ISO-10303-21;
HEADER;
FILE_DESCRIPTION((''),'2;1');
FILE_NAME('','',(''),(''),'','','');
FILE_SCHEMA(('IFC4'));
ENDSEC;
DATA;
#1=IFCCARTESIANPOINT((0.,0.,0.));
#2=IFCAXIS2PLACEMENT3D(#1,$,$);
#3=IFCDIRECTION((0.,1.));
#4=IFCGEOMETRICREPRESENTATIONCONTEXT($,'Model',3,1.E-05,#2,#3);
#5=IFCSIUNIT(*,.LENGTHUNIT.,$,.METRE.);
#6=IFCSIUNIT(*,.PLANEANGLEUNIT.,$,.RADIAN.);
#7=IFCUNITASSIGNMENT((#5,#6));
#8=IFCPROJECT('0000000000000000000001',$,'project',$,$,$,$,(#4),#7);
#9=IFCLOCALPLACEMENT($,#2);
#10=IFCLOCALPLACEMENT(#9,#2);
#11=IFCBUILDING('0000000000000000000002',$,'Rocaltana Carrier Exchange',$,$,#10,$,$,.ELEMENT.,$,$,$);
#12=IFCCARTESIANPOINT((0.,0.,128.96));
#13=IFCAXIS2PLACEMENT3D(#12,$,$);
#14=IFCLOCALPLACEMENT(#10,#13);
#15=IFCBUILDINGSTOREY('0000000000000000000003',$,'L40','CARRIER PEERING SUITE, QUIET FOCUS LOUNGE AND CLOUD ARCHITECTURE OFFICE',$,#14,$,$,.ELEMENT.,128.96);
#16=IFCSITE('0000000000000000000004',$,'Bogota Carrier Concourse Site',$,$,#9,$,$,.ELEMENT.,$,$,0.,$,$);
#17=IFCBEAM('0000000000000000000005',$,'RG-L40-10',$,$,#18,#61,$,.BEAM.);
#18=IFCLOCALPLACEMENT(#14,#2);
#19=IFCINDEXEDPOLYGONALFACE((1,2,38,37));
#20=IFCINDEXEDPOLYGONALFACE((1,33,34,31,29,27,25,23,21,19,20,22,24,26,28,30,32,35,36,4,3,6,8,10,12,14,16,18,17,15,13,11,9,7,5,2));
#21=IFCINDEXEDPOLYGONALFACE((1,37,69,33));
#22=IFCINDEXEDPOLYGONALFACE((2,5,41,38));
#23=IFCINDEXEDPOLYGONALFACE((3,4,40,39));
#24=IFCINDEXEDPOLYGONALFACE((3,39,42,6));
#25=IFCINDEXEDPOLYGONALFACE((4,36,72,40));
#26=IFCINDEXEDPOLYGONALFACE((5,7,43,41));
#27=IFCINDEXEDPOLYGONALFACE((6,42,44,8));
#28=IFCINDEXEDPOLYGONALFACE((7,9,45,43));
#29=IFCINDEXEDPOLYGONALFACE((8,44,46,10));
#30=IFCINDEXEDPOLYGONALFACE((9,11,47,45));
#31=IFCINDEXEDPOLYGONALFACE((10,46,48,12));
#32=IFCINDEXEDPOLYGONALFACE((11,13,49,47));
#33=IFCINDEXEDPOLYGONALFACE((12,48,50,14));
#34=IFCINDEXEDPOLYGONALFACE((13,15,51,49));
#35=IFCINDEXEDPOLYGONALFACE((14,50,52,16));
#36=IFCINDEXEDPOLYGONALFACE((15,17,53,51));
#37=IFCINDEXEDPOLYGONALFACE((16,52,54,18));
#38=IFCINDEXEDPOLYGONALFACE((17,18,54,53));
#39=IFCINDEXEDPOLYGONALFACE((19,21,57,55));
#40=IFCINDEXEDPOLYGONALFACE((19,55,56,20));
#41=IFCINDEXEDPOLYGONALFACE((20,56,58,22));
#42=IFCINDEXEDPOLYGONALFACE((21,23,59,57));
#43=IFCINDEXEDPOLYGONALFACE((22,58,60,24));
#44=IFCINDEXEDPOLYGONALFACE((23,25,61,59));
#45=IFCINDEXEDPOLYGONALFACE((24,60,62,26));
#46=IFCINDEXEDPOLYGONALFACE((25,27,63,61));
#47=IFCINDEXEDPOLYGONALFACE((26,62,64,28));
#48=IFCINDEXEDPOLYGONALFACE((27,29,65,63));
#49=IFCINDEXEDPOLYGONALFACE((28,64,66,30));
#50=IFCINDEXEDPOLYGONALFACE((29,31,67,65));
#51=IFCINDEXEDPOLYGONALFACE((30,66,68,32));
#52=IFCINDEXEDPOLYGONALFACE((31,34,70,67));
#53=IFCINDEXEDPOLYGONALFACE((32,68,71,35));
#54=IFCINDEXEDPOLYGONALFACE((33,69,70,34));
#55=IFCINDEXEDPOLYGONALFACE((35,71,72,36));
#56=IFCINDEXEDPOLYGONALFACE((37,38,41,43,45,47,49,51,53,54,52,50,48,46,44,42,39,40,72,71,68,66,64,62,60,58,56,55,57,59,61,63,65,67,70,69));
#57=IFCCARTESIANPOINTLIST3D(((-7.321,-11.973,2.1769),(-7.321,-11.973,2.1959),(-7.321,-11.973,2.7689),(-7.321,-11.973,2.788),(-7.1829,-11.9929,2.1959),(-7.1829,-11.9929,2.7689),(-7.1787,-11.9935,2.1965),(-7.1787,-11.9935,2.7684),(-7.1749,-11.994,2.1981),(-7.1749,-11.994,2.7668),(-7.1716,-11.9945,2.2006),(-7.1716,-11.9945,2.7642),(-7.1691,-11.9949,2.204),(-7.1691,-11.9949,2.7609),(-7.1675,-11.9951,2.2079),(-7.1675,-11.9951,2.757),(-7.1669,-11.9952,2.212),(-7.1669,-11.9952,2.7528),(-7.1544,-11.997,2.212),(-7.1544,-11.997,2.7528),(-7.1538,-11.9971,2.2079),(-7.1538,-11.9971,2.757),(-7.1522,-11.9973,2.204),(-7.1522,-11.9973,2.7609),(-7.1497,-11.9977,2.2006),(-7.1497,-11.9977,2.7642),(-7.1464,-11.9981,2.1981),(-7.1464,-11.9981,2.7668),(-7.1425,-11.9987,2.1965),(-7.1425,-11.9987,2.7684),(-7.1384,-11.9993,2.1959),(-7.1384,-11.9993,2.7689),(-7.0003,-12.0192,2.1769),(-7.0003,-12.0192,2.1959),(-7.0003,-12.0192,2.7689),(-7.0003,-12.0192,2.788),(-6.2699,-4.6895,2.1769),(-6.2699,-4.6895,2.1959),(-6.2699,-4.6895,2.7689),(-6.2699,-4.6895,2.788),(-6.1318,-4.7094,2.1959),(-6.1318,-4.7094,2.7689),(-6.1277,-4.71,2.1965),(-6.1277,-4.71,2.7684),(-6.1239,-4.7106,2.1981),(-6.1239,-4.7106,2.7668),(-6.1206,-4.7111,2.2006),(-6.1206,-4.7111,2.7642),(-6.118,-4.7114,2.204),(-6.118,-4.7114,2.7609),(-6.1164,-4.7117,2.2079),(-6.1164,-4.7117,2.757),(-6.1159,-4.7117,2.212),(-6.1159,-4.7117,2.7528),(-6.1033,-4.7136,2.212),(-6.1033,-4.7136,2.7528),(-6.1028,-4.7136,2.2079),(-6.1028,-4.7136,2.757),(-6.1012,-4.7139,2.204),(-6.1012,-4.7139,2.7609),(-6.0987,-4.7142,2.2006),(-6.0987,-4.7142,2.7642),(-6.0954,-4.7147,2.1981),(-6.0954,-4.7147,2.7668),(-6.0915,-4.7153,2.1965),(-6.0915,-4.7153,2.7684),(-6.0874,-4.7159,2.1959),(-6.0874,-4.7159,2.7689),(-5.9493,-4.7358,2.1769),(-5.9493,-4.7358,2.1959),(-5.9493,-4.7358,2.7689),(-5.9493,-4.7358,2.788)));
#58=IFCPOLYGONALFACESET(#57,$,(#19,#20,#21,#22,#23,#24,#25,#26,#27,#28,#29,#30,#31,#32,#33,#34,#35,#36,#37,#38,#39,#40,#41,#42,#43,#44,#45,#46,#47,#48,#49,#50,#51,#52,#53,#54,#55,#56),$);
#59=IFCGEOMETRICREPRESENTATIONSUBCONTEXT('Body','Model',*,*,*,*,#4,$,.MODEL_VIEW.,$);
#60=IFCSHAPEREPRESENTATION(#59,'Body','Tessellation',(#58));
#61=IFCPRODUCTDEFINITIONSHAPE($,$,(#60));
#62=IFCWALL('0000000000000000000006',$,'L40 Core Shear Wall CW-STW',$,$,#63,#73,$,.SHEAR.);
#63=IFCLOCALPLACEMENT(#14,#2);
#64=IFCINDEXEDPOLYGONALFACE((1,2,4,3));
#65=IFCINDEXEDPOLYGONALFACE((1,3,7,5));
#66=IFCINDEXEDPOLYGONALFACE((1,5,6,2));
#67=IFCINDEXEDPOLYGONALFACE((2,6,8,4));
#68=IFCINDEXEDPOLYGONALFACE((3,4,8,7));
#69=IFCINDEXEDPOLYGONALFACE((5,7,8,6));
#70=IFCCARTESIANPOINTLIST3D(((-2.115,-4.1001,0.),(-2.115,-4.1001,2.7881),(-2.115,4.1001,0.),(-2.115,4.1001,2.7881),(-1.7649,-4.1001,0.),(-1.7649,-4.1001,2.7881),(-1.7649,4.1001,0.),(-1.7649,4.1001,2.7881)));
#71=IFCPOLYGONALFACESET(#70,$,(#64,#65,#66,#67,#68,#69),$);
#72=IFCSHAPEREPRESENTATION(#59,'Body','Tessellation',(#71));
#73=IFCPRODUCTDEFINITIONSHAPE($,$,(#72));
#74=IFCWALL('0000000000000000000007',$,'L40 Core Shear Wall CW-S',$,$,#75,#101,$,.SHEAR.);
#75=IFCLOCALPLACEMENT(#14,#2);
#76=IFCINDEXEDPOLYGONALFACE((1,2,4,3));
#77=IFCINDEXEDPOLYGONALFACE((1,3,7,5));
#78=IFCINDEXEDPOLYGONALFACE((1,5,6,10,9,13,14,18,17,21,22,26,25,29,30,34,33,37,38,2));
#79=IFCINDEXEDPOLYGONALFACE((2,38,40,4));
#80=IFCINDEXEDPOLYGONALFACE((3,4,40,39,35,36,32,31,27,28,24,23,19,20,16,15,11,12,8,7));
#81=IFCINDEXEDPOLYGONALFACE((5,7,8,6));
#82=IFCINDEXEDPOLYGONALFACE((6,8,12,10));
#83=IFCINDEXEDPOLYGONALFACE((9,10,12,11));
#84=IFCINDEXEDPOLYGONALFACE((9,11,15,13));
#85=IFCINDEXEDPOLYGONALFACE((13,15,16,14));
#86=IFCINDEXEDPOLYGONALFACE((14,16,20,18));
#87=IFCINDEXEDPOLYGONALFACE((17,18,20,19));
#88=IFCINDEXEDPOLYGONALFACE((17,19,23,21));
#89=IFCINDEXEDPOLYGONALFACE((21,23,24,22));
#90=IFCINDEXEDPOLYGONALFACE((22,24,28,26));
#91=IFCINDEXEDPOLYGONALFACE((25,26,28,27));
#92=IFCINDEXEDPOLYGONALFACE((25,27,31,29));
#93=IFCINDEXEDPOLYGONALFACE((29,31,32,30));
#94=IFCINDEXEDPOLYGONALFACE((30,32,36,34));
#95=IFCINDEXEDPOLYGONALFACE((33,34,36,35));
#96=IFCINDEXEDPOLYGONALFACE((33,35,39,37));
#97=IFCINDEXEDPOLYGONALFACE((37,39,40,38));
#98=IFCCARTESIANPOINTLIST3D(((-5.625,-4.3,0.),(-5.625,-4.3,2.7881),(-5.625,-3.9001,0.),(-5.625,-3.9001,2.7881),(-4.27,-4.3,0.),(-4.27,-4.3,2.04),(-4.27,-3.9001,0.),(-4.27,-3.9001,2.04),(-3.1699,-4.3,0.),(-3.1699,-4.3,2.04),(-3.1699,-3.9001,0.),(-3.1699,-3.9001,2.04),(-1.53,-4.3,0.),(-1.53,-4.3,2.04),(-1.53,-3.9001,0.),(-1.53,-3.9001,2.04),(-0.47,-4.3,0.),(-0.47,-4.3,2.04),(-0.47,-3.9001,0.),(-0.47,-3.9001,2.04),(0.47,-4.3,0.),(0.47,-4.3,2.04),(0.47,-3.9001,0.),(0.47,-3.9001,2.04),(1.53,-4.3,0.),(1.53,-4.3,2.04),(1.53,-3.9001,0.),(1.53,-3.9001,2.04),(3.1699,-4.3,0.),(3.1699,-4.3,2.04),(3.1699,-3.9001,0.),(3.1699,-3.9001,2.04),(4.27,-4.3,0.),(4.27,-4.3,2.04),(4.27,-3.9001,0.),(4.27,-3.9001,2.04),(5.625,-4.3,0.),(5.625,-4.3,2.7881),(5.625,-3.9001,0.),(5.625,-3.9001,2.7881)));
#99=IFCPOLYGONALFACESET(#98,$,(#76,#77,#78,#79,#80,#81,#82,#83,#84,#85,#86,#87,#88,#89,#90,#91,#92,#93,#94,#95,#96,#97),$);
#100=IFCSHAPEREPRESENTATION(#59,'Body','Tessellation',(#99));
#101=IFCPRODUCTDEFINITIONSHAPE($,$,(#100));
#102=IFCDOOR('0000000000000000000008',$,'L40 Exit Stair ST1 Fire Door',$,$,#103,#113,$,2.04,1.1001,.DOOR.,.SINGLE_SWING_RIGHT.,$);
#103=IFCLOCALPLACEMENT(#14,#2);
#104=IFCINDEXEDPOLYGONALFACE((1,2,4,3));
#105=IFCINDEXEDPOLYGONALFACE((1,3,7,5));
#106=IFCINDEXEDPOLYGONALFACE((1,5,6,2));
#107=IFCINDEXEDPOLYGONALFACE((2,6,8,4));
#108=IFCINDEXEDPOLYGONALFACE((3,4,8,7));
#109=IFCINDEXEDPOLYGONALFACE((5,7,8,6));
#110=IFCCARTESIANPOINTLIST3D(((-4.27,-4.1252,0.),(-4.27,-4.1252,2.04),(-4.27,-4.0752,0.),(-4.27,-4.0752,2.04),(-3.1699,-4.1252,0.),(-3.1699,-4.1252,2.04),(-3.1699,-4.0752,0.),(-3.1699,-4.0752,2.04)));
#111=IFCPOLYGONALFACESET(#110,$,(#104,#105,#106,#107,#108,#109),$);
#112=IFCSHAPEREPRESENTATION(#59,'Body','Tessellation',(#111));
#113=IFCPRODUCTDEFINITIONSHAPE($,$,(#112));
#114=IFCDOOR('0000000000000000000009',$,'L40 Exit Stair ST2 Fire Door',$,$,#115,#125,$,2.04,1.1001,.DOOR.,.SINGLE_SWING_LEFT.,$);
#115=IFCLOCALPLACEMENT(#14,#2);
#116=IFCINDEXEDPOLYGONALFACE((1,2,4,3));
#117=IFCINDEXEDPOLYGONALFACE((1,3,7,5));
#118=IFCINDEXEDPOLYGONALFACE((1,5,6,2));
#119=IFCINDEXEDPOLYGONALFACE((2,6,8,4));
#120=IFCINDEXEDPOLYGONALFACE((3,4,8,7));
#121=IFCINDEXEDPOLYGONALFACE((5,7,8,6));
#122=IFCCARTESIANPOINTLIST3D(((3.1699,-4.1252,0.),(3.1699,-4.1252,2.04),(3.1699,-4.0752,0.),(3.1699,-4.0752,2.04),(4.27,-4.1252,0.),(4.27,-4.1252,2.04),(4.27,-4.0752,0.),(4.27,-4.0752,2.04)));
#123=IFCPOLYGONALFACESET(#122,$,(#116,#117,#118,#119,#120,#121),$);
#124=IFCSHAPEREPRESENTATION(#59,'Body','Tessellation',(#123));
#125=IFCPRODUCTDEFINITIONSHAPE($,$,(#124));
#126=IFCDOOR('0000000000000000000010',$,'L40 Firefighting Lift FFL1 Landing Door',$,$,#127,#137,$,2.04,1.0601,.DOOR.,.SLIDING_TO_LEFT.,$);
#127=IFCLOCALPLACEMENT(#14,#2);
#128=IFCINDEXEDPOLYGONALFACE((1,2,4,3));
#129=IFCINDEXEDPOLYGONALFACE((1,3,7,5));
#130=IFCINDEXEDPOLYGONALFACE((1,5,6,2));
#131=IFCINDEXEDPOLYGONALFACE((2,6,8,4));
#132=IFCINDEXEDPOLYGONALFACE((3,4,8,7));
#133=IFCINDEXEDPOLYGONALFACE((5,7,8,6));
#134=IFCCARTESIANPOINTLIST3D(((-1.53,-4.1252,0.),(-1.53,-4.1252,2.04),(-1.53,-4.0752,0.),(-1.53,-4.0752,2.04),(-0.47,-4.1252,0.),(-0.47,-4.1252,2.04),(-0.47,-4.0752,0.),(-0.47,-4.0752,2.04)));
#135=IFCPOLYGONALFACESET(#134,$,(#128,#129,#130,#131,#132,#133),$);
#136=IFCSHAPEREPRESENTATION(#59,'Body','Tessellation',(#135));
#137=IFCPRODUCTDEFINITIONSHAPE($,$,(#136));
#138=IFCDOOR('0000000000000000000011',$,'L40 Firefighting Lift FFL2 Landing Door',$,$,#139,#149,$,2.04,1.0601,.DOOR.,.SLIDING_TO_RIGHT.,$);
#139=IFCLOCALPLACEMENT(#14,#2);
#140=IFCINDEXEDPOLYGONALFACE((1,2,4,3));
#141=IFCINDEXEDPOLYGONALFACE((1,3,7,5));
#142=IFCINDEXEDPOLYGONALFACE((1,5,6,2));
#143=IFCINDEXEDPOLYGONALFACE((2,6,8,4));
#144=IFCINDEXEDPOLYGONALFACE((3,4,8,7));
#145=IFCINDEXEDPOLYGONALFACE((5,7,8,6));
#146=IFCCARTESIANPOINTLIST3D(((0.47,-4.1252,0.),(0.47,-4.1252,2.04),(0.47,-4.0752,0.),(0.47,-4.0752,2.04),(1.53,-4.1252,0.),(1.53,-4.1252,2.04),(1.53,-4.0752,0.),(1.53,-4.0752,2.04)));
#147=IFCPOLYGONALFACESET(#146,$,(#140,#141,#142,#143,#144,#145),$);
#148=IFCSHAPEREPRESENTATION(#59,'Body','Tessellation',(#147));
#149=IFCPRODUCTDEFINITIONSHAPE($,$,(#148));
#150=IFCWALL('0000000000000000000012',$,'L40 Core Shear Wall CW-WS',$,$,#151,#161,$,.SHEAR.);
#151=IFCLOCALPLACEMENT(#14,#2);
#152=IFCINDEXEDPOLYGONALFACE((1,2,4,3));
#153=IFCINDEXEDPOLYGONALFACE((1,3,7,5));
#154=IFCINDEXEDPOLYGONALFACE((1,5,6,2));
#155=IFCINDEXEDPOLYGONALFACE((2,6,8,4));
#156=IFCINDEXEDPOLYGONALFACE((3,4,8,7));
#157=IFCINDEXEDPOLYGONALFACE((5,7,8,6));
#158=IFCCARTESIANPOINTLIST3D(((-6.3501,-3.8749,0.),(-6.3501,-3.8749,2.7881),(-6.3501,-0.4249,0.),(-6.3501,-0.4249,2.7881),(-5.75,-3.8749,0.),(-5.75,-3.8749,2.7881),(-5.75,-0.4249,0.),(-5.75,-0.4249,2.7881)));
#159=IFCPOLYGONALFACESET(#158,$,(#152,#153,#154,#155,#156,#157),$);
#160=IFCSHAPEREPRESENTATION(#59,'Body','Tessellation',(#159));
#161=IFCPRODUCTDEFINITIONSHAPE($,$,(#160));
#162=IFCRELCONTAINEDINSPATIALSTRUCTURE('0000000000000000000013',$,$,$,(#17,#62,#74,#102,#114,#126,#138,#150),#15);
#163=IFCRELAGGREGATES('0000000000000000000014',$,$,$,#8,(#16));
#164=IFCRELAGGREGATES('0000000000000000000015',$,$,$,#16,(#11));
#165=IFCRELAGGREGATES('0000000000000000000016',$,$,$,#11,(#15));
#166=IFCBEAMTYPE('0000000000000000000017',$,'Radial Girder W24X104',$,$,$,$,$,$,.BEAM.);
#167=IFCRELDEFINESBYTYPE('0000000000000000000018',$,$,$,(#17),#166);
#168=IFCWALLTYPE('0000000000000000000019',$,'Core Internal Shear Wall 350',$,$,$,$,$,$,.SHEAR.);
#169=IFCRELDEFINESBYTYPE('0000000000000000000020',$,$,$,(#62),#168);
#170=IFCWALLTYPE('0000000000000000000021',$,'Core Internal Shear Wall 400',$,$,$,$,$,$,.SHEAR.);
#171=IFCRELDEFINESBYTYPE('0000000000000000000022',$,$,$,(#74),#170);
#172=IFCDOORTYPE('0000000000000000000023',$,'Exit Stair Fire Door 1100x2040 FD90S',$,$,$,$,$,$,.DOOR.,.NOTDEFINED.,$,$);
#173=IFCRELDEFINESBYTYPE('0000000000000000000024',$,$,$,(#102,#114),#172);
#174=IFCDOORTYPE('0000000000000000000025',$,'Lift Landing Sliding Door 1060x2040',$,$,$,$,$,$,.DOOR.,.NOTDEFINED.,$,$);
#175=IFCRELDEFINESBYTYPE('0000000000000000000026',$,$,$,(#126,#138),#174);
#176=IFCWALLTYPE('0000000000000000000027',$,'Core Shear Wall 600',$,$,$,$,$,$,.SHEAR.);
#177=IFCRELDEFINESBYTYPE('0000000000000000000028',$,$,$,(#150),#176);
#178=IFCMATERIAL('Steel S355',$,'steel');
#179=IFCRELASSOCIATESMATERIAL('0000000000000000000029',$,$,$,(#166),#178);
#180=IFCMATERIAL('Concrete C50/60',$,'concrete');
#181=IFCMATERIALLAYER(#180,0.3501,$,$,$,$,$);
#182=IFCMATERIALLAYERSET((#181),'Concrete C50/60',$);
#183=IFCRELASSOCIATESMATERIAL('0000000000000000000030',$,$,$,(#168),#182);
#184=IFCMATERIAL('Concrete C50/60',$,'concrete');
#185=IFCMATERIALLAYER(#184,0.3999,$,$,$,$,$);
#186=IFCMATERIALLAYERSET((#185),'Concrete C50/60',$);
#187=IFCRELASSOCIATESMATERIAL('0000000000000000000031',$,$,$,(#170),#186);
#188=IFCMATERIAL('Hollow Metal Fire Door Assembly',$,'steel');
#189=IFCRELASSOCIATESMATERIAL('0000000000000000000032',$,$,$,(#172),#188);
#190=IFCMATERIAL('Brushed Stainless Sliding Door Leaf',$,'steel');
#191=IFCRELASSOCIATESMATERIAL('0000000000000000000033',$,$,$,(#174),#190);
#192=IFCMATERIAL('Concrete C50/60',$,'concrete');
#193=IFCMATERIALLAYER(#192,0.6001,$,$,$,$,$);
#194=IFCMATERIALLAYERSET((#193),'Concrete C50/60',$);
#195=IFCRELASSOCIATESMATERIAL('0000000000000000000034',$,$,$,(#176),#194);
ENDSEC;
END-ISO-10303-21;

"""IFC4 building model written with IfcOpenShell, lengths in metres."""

from ifc_helpers import new_model, si_unit, direction, frame, frame_2d, origin, origin_2d, place, context, subcontext, project, spatial, rectangle, i_section, extrude, material, layer, layer_set, material_profile, profile_set, type_object, element, fill, save


model = new_model("IFC4")

# Units and contexts
model_context = context("Model", 3, precision=1e-05, world=origin(), true_north=direction((0.0, 1.0)))
body_context = subcontext(model_context, "Body", "Model", "MODEL_VIEW")
ifc_project = project(units=[si_unit("LENGTHUNIT", "METRE"), si_unit("PLANEANGLEUNIT", "RADIAN")], contexts=[model_context])

# Site, building, storey
site_placement = place(None, origin())
site = spatial("IfcSite", under=ifc_project, at=site_placement, Name="Bogota Carrier Concourse Site", CompositionType="ELEMENT", RefElevation=0.0)
building_placement = place(site_placement, origin())
building = spatial("IfcBuilding", under=site, at=building_placement, Name="Rocaltana Carrier Exchange", CompositionType="ELEMENT")
storey_placement = place(building_placement, frame((0.0, 0.0, 128.96)))
storey = spatial("IfcBuildingStorey", under=building, at=storey_placement, Name="L40", Description="CARRIER PEERING SUITE, QUIET FOCUS LOUNGE AND CLOUD ARCHITECTURE OFFICE", CompositionType="ELEMENT", Elevation=128.96)

# Beam
ifc_material_1 = material(Name="Steel S355", Category="steel")
ifc_material_profile_1 = material_profile(ifc_material_1, i_section(OverallWidth=0.324, OverallDepth=0.6111, WebThickness=0.0127, FlangeThickness=0.019, FilletRadius=0.0161, at=origin_2d()), Name="W24X104")
ifc_profile_set_1 = profile_set([ifc_material_profile_1], Name="Steel S355")
beam_type = type_object("IfcBeamType", Name="Radial Girder W24X104", PredefinedType="BEAM", material=ifc_profile_set_1)
beam_1_placement = place(storey_placement, frame((-6.1096, -4.7126, 2.4824), z_axis=(-0.142824, -0.989748, 0.0), x_axis=(0.989748, -0.142824, 0.0)))
element("IfcBeam", 1, at=beam_1_placement, inside=storey, type_object=beam_type, Name="RG-L40-10", PredefinedType="BEAM", context=body_context, shape_type="SweptSolid", body=[
    extrude(i_section(OverallWidth=0.324, OverallDepth=0.6111, WebThickness=0.0127, FlangeThickness=0.019, FilletRadius=0.0161, at=origin_2d()), origin(), (0.0, 0.0, 1.0), 7.3589),
])

# Wall
ifc_material_2 = material(Name="Concrete C50/60", Category="concrete")
ifc_layer_1 = layer(ifc_material_2, 0.3501)
ifc_layer_set_1 = layer_set([ifc_layer_1], Name="Concrete C50/60")
wall_type_1 = type_object("IfcWallType", Name="Core Internal Shear Wall 350", PredefinedType="SHEAR", material=ifc_layer_set_1)
wall_1_placement = place(storey_placement, frame((-1.9399, -4.1001, 0.0), z_axis=(0.0, 0.0, 1.0), x_axis=(0.0, 1.0, 0.0)))
element("IfcWall", 2, at=wall_1_placement, inside=storey, type_object=wall_type_1, Name="L40 Core Shear Wall CW-STW", PredefinedType="SHEAR", context=body_context, shape_type="SweptSolid", body=[
    extrude(rectangle(XDim=8.2002, YDim=0.3501, at=frame_2d((4.1001, 0.0))), origin(), (0.0, 0.0, 1.0), 2.7881),
])

# Wall, openings, doors
ifc_material_3 = material(Name="Concrete C50/60", Category="concrete")
ifc_layer_2 = layer(ifc_material_3, 0.3999)
ifc_layer_set_2 = layer_set([ifc_layer_2], Name="Concrete C50/60")
wall_type_2 = type_object("IfcWallType", Name="Core Internal Shear Wall 400", PredefinedType="SHEAR", material=ifc_layer_set_2)
wall_2_placement = place(storey_placement, frame((-5.625, -4.1001, 0.0), z_axis=(0.0, 0.0, 1.0), x_axis=(1.0, 0.0, 0.0)))
wall_2 = element("IfcWall", 3, at=wall_2_placement, inside=storey, type_object=wall_type_2, Name="L40 Core Shear Wall CW-S", PredefinedType="SHEAR", context=body_context, shape_type="SweptSolid", body=[
    extrude(rectangle(XDim=11.25, YDim=0.3999, at=frame_2d((5.625, 0.0))), origin(), (0.0, 0.0, 1.0), 2.7881),
])
opening_1_placement = place(wall_2_placement, frame((1.355, 0.0, 0.0)))
opening_1 = element("IfcOpeningElement", 4, at=opening_1_placement, cuts=wall_2, PredefinedType="OPENING", context=body_context, shape_type="SweptSolid", body=[
    extrude(rectangle(XDim=1.1001, YDim=2.04, at=frame_2d((0.55, 1.02))), frame((0.0, 0.21, 0.0), z_axis=(0.0, -1.0, 0.0), x_axis=(1.0, 0.0, 0.0)), (0.0, 0.0, 1.0), 0.4199),
])
opening_2_placement = place(wall_2_placement, frame((8.7949, 0.0, 0.0)))
opening_2 = element("IfcOpeningElement", 5, at=opening_2_placement, cuts=wall_2, PredefinedType="OPENING", context=body_context, shape_type="SweptSolid", body=[
    extrude(rectangle(XDim=1.1001, YDim=2.04, at=frame_2d((0.55, 1.02))), frame((0.0, 0.21, 0.0), z_axis=(0.0, -1.0, 0.0), x_axis=(1.0, 0.0, 0.0)), (0.0, 0.0, 1.0), 0.4199),
])
opening_3_placement = place(wall_2_placement, frame((4.095, 0.0, 0.0)))
opening_3 = element("IfcOpeningElement", 6, at=opening_3_placement, cuts=wall_2, PredefinedType="OPENING", context=body_context, shape_type="SweptSolid", body=[
    extrude(rectangle(XDim=1.0601, YDim=2.04, at=frame_2d((0.53, 1.02))), frame((0.0, 0.21, 0.0), z_axis=(0.0, -1.0, 0.0), x_axis=(1.0, 0.0, 0.0)), (0.0, 0.0, 1.0), 0.4199),
])
opening_4_placement = place(wall_2_placement, frame((6.095, 0.0, 0.0)))
opening_4 = element("IfcOpeningElement", 7, at=opening_4_placement, cuts=wall_2, PredefinedType="OPENING", context=body_context, shape_type="SweptSolid", body=[
    extrude(rectangle(XDim=1.0601, YDim=2.04, at=frame_2d((0.53, 1.02))), frame((0.0, 0.21, 0.0), z_axis=(0.0, -1.0, 0.0), x_axis=(1.0, 0.0, 0.0)), (0.0, 0.0, 1.0), 0.4199),
])
ifc_material_4 = material(Name="Hollow Metal Fire Door Assembly", Category="steel")
door_type_1 = type_object("IfcDoorType", Name="Exit Stair Fire Door 1100x2040 FD90S", OperationType="NOTDEFINED", PredefinedType="DOOR", material=ifc_material_4)
door_1_placement = place(opening_1_placement, origin())
door_1 = element("IfcDoor", 8, at=door_1_placement, inside=storey, type_object=door_type_1, Name="L40 Exit Stair ST1 Fire Door", OperationType="SINGLE_SWING_RIGHT", OverallHeight=2.04, OverallWidth=1.1001, PredefinedType="DOOR", context=body_context, shape_type="SweptSolid", body=[
    extrude(rectangle(XDim=1.1001, YDim=2.04, at=frame_2d((0.55, 1.02))), frame((0.0, 0.0249, 0.0), z_axis=(0.0, -1.0, 0.0), x_axis=(1.0, 0.0, 0.0)), (0.0, 0.0, 1.0), 0.05),
])
fill(opening_1, door_1)
door_2_placement = place(opening_2_placement, origin())
door_2 = element("IfcDoor", 9, at=door_2_placement, inside=storey, type_object=door_type_1, Name="L40 Exit Stair ST2 Fire Door", OperationType="SINGLE_SWING_LEFT", OverallHeight=2.04, OverallWidth=1.1001, PredefinedType="DOOR", context=body_context, shape_type="SweptSolid", body=[
    extrude(rectangle(XDim=1.1001, YDim=2.04, at=frame_2d((0.55, 1.02))), frame((0.0, 0.0249, 0.0), z_axis=(0.0, -1.0, 0.0), x_axis=(1.0, 0.0, 0.0)), (0.0, 0.0, 1.0), 0.05),
])
fill(opening_2, door_2)
ifc_material_5 = material(Name="Brushed Stainless Sliding Door Leaf", Category="steel")
door_type_2 = type_object("IfcDoorType", Name="Lift Landing Sliding Door 1060x2040", OperationType="NOTDEFINED", PredefinedType="DOOR", material=ifc_material_5)
door_3_placement = place(opening_3_placement, origin())
door_3 = element("IfcDoor", 10, at=door_3_placement, inside=storey, type_object=door_type_2, Name="L40 Firefighting Lift FFL1 Landing Door", OperationType="SLIDING_TO_LEFT", OverallHeight=2.04, OverallWidth=1.0601, PredefinedType="DOOR", context=body_context, shape_type="SweptSolid", body=[
    extrude(rectangle(XDim=1.0601, YDim=2.04, at=frame_2d((0.53, 1.02))), frame((0.0, 0.0249, 0.0), z_axis=(0.0, -1.0, 0.0), x_axis=(1.0, 0.0, 0.0)), (0.0, 0.0, 1.0), 0.05),
])
fill(opening_3, door_3)
door_4_placement = place(opening_4_placement, origin())
door_4 = element("IfcDoor", 11, at=door_4_placement, inside=storey, type_object=door_type_2, Name="L40 Firefighting Lift FFL2 Landing Door", OperationType="SLIDING_TO_RIGHT", OverallHeight=2.04, OverallWidth=1.0601, PredefinedType="DOOR", context=body_context, shape_type="SweptSolid", body=[
    extrude(rectangle(XDim=1.0601, YDim=2.04, at=frame_2d((0.53, 1.02))), frame((0.0, 0.0249, 0.0), z_axis=(0.0, -1.0, 0.0), x_axis=(1.0, 0.0, 0.0)), (0.0, 0.0, 1.0), 0.05),
])
fill(opening_4, door_4)

# Wall
ifc_material_6 = material(Name="Concrete C50/60", Category="concrete")
ifc_layer_3 = layer(ifc_material_6, 0.6001)
ifc_layer_set_3 = layer_set([ifc_layer_3], Name="Concrete C50/60")
wall_type_3 = type_object("IfcWallType", Name="Core Shear Wall 600", PredefinedType="SHEAR", material=ifc_layer_set_3)
wall_3_placement = place(storey_placement, frame((-6.05, -3.875, 0.0), z_axis=(0.0, 0.0, 1.0), x_axis=(0.0, 1.0, 0.0)))
element("IfcWall", 12, at=wall_3_placement, inside=storey, type_object=wall_type_3, Name="L40 Core Shear Wall CW-WS", PredefinedType="SHEAR", context=body_context, shape_type="SweptSolid", body=[
    extrude(rectangle(XDim=3.45, YDim=0.6001, at=frame_2d((1.7251, 0.0))), origin(), (0.0, 0.0, 1.0), 2.7881),
])

save(model, "model.ifc")
